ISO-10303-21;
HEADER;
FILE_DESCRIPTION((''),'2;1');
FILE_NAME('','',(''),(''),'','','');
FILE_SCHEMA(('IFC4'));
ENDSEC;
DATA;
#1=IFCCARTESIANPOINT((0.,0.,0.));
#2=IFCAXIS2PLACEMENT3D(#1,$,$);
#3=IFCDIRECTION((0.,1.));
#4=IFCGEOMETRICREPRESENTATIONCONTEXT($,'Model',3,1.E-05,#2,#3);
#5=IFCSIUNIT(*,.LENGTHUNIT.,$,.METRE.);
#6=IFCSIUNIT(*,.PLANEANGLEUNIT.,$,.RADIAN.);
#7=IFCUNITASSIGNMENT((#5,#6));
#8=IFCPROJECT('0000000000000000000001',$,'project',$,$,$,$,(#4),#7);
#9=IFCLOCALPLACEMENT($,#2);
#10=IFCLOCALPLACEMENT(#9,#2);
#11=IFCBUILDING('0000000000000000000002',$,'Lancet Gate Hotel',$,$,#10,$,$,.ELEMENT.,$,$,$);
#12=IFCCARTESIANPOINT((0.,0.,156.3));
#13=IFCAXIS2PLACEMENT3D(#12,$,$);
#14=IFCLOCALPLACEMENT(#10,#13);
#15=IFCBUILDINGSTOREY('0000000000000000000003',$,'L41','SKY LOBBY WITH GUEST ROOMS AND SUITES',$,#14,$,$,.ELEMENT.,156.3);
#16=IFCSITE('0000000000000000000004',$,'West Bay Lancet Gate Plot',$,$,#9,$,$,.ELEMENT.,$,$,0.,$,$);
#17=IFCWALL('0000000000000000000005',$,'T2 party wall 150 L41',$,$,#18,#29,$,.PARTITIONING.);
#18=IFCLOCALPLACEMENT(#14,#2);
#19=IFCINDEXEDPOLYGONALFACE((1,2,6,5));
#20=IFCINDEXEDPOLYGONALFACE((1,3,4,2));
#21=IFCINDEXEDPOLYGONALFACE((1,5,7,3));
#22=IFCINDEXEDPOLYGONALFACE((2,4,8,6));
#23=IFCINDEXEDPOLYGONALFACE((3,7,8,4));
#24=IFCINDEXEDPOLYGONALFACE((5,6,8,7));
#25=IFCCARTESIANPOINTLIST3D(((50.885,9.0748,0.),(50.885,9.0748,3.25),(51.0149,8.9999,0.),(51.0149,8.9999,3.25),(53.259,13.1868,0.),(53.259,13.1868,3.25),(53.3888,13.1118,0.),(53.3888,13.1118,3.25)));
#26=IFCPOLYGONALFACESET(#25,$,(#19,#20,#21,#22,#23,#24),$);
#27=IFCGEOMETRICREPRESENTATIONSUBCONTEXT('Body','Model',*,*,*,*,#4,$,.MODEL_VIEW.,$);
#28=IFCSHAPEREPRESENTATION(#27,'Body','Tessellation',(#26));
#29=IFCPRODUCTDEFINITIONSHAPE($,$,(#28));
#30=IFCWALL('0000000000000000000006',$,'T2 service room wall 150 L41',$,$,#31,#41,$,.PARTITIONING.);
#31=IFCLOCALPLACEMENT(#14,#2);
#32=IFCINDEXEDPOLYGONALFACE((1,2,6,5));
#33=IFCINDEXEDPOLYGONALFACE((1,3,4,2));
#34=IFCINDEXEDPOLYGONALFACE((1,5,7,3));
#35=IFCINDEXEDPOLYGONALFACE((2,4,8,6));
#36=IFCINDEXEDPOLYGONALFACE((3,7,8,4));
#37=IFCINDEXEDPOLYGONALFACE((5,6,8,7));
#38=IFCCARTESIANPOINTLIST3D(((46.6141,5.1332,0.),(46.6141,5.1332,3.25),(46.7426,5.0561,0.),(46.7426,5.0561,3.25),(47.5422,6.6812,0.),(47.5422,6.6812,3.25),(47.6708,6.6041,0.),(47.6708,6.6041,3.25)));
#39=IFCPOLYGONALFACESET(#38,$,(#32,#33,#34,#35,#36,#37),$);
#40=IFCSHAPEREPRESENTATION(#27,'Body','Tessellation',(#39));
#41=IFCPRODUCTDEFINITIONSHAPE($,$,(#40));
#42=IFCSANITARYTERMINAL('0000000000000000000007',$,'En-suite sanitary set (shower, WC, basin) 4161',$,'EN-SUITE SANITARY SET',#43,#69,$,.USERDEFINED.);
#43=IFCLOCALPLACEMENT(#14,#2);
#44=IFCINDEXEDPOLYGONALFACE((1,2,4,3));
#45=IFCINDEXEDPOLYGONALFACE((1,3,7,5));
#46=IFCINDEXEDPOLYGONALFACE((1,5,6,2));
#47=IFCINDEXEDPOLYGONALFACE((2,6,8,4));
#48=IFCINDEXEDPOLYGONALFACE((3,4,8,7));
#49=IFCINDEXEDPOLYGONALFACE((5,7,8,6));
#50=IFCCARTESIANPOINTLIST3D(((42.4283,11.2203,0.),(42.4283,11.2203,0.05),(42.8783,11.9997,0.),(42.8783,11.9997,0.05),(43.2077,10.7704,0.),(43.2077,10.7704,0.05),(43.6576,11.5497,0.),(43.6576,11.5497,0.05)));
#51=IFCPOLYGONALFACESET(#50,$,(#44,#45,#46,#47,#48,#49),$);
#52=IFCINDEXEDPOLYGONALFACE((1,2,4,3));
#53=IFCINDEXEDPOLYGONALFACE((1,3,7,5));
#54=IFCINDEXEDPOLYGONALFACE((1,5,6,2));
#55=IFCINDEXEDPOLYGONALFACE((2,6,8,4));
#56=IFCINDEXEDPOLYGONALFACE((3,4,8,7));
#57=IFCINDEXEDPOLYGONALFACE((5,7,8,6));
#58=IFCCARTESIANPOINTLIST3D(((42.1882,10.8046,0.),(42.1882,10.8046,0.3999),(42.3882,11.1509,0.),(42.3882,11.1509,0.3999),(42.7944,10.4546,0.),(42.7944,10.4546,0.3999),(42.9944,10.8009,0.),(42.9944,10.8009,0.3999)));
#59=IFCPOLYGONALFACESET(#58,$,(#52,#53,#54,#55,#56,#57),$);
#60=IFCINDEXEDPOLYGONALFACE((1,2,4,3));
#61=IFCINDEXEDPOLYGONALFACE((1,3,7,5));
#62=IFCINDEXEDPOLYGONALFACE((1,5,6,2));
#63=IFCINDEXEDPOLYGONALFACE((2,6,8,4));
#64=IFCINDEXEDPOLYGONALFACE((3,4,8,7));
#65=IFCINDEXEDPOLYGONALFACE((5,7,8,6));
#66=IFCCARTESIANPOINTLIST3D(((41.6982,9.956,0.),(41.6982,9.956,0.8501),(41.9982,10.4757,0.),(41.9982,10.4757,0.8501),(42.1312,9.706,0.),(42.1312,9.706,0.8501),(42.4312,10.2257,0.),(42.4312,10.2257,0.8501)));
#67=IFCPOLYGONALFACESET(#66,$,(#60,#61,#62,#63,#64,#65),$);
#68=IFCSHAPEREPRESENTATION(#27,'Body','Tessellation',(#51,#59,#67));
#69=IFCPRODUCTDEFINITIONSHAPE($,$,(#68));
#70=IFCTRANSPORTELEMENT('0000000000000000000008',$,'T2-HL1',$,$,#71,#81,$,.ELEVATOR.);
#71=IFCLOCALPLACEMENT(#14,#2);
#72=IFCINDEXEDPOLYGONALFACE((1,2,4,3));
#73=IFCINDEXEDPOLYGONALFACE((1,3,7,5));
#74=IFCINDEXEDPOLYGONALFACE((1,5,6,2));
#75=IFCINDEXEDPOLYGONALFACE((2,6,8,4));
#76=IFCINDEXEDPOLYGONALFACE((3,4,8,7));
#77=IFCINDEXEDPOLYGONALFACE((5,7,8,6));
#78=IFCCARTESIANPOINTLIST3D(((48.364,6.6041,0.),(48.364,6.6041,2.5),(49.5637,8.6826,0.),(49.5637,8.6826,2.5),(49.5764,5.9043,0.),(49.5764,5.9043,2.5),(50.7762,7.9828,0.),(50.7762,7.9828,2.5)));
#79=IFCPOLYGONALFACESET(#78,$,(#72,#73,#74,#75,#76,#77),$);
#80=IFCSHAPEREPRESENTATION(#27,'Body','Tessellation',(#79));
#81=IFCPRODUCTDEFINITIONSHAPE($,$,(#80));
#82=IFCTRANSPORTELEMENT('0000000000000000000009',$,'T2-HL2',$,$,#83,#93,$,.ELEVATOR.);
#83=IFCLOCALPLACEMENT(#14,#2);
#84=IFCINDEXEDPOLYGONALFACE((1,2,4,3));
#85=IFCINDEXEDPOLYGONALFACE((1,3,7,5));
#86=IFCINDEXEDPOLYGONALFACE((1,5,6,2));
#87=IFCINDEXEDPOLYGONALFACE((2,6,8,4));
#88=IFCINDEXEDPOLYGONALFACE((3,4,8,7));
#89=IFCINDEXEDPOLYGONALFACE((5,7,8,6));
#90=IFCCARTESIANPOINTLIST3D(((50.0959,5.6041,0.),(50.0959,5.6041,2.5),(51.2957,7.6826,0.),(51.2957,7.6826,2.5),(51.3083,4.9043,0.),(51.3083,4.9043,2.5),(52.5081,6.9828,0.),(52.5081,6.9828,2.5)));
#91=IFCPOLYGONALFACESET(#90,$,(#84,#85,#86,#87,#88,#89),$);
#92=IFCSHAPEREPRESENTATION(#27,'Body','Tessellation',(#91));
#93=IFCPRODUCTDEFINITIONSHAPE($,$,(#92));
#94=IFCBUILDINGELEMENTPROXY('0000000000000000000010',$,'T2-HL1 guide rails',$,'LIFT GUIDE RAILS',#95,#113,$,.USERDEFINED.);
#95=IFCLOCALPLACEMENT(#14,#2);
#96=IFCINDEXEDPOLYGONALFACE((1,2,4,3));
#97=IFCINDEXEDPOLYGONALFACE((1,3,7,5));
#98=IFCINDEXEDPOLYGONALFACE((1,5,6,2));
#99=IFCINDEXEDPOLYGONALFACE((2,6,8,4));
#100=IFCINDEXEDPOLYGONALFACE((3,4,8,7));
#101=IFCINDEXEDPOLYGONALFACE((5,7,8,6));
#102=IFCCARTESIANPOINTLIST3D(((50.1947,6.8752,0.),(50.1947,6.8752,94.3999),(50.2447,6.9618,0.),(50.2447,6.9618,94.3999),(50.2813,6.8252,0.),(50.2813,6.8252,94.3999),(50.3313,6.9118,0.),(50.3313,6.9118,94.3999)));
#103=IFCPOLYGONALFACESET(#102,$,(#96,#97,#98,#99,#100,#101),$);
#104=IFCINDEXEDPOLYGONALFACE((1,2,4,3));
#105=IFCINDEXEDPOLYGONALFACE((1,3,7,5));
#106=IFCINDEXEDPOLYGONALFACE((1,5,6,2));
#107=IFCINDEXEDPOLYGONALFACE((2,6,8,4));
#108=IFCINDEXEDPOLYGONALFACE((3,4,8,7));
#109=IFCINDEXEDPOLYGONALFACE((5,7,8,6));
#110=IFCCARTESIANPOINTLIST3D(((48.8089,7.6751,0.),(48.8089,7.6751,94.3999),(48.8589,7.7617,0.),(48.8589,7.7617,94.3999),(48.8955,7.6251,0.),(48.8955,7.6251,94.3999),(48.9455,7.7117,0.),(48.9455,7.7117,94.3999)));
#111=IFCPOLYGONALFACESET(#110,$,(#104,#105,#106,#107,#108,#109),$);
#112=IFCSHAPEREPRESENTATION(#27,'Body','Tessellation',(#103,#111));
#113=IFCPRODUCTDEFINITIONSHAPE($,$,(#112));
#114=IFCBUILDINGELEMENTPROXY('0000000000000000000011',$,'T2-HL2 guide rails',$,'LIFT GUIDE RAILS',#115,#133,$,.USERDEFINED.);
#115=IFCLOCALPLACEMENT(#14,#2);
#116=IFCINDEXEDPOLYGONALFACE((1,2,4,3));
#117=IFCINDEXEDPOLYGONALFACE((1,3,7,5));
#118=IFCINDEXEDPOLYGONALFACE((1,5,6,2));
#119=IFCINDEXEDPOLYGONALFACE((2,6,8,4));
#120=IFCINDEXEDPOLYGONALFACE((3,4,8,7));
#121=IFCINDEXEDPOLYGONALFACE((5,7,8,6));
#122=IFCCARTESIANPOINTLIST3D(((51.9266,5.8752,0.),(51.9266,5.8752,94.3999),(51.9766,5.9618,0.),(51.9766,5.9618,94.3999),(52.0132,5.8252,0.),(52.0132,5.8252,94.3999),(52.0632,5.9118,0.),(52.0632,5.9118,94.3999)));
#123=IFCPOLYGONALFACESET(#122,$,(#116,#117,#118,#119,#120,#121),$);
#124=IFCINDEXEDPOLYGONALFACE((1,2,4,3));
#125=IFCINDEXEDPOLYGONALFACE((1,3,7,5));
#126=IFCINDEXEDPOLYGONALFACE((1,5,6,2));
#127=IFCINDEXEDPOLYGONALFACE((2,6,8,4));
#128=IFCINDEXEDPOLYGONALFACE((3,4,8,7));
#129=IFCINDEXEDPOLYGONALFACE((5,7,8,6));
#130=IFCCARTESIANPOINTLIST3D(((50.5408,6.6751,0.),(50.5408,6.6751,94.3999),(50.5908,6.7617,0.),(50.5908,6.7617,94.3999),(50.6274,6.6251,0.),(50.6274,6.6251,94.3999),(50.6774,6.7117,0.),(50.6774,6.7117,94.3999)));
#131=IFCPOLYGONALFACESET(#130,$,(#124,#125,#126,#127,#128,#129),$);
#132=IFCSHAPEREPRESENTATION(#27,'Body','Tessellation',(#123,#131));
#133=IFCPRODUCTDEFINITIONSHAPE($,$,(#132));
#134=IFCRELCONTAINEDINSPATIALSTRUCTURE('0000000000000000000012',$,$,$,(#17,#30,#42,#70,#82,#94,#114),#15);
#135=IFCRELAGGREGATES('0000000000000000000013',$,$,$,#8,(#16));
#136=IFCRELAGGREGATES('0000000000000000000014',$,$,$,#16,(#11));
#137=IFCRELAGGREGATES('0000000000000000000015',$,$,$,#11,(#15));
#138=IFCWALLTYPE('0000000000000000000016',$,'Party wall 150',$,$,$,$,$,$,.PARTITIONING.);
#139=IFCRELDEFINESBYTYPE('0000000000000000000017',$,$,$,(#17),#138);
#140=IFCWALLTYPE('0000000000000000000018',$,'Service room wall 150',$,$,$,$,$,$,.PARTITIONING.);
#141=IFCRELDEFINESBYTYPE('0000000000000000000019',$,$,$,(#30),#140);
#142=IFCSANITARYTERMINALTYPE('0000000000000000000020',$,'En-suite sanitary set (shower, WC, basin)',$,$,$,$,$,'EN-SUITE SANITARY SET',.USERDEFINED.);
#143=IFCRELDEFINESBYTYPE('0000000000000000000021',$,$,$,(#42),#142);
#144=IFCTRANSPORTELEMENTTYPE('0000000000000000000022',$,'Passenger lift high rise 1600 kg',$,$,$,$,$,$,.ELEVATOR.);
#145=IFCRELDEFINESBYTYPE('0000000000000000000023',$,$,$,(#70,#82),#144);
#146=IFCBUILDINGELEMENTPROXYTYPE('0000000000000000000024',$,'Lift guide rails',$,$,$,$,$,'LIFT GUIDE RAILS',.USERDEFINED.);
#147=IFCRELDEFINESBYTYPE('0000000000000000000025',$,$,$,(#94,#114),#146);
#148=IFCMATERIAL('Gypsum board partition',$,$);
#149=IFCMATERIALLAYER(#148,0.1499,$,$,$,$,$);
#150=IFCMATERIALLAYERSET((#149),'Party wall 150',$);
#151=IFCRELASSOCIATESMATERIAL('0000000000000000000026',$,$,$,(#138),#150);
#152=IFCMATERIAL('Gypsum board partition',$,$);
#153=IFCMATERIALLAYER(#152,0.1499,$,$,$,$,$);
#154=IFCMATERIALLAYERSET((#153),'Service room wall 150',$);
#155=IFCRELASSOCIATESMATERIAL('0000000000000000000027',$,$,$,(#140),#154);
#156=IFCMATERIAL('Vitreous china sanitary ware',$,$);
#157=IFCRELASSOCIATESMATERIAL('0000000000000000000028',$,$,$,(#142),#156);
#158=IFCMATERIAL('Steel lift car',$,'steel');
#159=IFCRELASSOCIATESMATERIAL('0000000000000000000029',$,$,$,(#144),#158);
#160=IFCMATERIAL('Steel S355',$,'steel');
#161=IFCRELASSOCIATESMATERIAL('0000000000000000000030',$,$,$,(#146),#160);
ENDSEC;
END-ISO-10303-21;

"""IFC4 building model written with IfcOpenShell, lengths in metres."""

from ifc_helpers import new_model, si_unit, direction, frame, frame_2d, origin, origin_2d, place, context, subcontext, project, spatial, rectangle, extrude, material, layer, layer_set, type_object, element, save


model = new_model("IFC4")

# Units and contexts
model_context = context("Model", 3, precision=1e-05, world=origin(), true_north=direction((0.0, 1.0)))
body_context = subcontext(model_context, "Body", "Model", "MODEL_VIEW")
ifc_project = project(units=[si_unit("LENGTHUNIT", "METRE"), si_unit("PLANEANGLEUNIT", "RADIAN")], contexts=[model_context])

# Site, building, storey
site_placement = place(None, origin())
site = spatial("IfcSite", under=ifc_project, at=site_placement, Name="West Bay Lancet Gate Plot", CompositionType="ELEMENT", RefElevation=0.0)
building_placement = place(site_placement, origin())
building = spatial("IfcBuilding", under=site, at=building_placement, Name="Lancet Gate Hotel", CompositionType="ELEMENT")
storey_placement = place(building_placement, frame((0.0, 0.0, 156.3)))
storey = spatial("IfcBuildingStorey", under=building, at=storey_placement, Name="L41", Description="SKY LOBBY WITH GUEST ROOMS AND SUITES", CompositionType="ELEMENT", Elevation=156.3)

# Walls
ifc_material_1 = material(Name="Gypsum board partition")
ifc_layer_1 = layer(ifc_material_1, 0.1499)
ifc_layer_set_1 = layer_set([ifc_layer_1], Name="Party wall 150")
wall_type_1 = type_object("IfcWallType", Name="Party wall 150", PredefinedType="PARTITIONING", material=ifc_layer_set_1)
wall_1_placement = place(storey_placement, frame((50.95, 9.0374, 0.0), z_axis=(0.0, 0.0, 1.0), x_axis=(0.499988, 0.866032, 0.0)))
element("IfcWall", 1, at=wall_1_placement, inside=storey, type_object=wall_type_1, Name="T2 party wall 150 L41", PredefinedType="PARTITIONING", context=body_context, shape_type="SweptSolid", body=[
    extrude(rectangle(XDim=4.748, YDim=0.1499, at=frame_2d((2.374, 0.0))), origin(), (0.0, 0.0, 1.0), 3.25),
])
ifc_material_2 = material(Name="Gypsum board partition")
ifc_layer_2 = layer(ifc_material_2, 0.1499)
ifc_layer_set_2 = layer_set([ifc_layer_2], Name="Service room wall 150")
wall_type_2 = type_object("IfcWallType", Name="Service room wall 150", PredefinedType="PARTITIONING", material=ifc_layer_set_2)
wall_2_placement = place(storey_placement, frame((47.6064, 6.6426, 0.0), z_axis=(0.0, 0.0, 1.0), x_axis=(-0.514237, -0.857648, 0.0)))
element("IfcWall", 2, at=wall_2_placement, inside=storey, type_object=wall_type_2, Name="T2 service room wall 150 L41", PredefinedType="PARTITIONING", context=body_context, shape_type="SweptSolid", body=[
    extrude(rectangle(XDim=1.8049, YDim=0.1499, at=frame_2d((0.9023, 0.0))), origin(), (0.0, 0.0, 1.0), 3.25),
])

# Sanitary terminal
ifc_material_3 = material(Name="Vitreous china sanitary ware")
sanitary_terminal_type = type_object("IfcSanitaryTerminalType", Name="En-suite sanitary set (shower, WC, basin)", ElementType="EN-SUITE SANITARY SET", PredefinedType="USERDEFINED", material=ifc_material_3)
sanitary_terminal_placement = place(storey_placement, frame((43.043, 11.385, 0.0), z_axis=(0.0, 0.0, 1.0), x_axis=(1.0, 0.0, 0.0)))
element("IfcSanitaryTerminal", 3, at=sanitary_terminal_placement, inside=storey, type_object=sanitary_terminal_type, Name="En-suite sanitary set (shower, WC, basin) 4161", ObjectType="EN-SUITE SANITARY SET", PredefinedType="USERDEFINED", context=body_context, shape_type="SweptSolid", body=[
    extrude(rectangle(XDim=0.8999, YDim=0.8999, at=origin_2d()), frame((0.0, 0.0, 0.0), z_axis=(0.0, 0.0, 1.0), x_axis=(0.5, 0.866025, 0.0)), (0.0, 0.0, 1.0), 0.05),
    extrude(rectangle(XDim=0.3999, YDim=0.7, at=origin_2d()), frame((-0.4517, -0.5823, 0.0), z_axis=(0.0, 0.0, 1.0), x_axis=(0.5, 0.866025, 0.0)), (0.0, 0.0, 1.0), 0.3999),
    extrude(rectangle(XDim=0.6001, YDim=0.5, at=origin_2d()), frame((-0.9783, -1.2942, 0.0), z_axis=(0.0, 0.0, 1.0), x_axis=(0.5, 0.866025, 0.0)), (0.0, 0.0, 1.0), 0.8501),
])

# Transport elements
ifc_material_4 = material(Name="Steel lift car", Category="steel")
transport_element_type = type_object("IfcTransportElementType", Name="Passenger lift high rise 1600 kg", PredefinedType="ELEVATOR", material=ifc_material_4)
for number, where, z_axis, x_axis, name in (
    (4, (49.5701, 7.2935, 0.0), (0.0, 0.0, 1.0), (0.499917, 0.866073, 0.0), "T2-HL1"),
    (5, (51.302, 6.2935, 0.0), (0.0, 0.0, 1.0), (0.499917, 0.866073, 0.0), "T2-HL2"),
):
    element("IfcTransportElement", number, at=place(storey_placement, frame(where, z_axis=z_axis, x_axis=x_axis)), inside=storey, type_object=transport_element_type, Name=name, PredefinedType="ELEVATOR", context=body_context, shape_type="SweptSolid", body=[
        extrude(rectangle(XDim=2.3999, YDim=1.3999, at=origin_2d()), origin(), (0.0, 0.0, 1.0), 2.5),
    ])

# Building element proxies
ifc_material_5 = material(Name="Steel S355", Category="steel")
building_element_proxy_type = type_object("IfcBuildingElementProxyType", Name="Lift guide rails", ElementType="LIFT GUIDE RAILS", PredefinedType="USERDEFINED", material=ifc_material_5)
for number, where, z_axis, x_axis, name in (
    (6, (49.5701, 7.2935, 0.0), (0.0, 0.0, 1.0), (0.499917, 0.866073, 0.0), "T2-HL1 guide rails"),
    (7, (51.302, 6.2935, 0.0), (0.0, 0.0, 1.0), (0.499917, 0.866073, 0.0), "T2-HL2 guide rails"),
):
    element("IfcBuildingElementProxy", number, at=place(storey_placement, frame(where, z_axis=z_axis, x_axis=x_axis)), inside=storey, type_object=building_element_proxy_type, Name=name, ObjectType="LIFT GUIDE RAILS", PredefinedType="USERDEFINED", context=body_context, shape_type="SweptSolid", body=[
        extrude(rectangle(XDim=0.1, YDim=0.1, at=origin_2d()), frame((0.0, -0.8, 0.0)), (0.0, 0.0, 1.0), 94.3999),
        extrude(rectangle(XDim=0.1, YDim=0.1, at=origin_2d()), frame((0.0, 0.8, 0.0)), (0.0, 0.0, 1.0), 94.3999),
    ])

save(model, "model.ifc")
